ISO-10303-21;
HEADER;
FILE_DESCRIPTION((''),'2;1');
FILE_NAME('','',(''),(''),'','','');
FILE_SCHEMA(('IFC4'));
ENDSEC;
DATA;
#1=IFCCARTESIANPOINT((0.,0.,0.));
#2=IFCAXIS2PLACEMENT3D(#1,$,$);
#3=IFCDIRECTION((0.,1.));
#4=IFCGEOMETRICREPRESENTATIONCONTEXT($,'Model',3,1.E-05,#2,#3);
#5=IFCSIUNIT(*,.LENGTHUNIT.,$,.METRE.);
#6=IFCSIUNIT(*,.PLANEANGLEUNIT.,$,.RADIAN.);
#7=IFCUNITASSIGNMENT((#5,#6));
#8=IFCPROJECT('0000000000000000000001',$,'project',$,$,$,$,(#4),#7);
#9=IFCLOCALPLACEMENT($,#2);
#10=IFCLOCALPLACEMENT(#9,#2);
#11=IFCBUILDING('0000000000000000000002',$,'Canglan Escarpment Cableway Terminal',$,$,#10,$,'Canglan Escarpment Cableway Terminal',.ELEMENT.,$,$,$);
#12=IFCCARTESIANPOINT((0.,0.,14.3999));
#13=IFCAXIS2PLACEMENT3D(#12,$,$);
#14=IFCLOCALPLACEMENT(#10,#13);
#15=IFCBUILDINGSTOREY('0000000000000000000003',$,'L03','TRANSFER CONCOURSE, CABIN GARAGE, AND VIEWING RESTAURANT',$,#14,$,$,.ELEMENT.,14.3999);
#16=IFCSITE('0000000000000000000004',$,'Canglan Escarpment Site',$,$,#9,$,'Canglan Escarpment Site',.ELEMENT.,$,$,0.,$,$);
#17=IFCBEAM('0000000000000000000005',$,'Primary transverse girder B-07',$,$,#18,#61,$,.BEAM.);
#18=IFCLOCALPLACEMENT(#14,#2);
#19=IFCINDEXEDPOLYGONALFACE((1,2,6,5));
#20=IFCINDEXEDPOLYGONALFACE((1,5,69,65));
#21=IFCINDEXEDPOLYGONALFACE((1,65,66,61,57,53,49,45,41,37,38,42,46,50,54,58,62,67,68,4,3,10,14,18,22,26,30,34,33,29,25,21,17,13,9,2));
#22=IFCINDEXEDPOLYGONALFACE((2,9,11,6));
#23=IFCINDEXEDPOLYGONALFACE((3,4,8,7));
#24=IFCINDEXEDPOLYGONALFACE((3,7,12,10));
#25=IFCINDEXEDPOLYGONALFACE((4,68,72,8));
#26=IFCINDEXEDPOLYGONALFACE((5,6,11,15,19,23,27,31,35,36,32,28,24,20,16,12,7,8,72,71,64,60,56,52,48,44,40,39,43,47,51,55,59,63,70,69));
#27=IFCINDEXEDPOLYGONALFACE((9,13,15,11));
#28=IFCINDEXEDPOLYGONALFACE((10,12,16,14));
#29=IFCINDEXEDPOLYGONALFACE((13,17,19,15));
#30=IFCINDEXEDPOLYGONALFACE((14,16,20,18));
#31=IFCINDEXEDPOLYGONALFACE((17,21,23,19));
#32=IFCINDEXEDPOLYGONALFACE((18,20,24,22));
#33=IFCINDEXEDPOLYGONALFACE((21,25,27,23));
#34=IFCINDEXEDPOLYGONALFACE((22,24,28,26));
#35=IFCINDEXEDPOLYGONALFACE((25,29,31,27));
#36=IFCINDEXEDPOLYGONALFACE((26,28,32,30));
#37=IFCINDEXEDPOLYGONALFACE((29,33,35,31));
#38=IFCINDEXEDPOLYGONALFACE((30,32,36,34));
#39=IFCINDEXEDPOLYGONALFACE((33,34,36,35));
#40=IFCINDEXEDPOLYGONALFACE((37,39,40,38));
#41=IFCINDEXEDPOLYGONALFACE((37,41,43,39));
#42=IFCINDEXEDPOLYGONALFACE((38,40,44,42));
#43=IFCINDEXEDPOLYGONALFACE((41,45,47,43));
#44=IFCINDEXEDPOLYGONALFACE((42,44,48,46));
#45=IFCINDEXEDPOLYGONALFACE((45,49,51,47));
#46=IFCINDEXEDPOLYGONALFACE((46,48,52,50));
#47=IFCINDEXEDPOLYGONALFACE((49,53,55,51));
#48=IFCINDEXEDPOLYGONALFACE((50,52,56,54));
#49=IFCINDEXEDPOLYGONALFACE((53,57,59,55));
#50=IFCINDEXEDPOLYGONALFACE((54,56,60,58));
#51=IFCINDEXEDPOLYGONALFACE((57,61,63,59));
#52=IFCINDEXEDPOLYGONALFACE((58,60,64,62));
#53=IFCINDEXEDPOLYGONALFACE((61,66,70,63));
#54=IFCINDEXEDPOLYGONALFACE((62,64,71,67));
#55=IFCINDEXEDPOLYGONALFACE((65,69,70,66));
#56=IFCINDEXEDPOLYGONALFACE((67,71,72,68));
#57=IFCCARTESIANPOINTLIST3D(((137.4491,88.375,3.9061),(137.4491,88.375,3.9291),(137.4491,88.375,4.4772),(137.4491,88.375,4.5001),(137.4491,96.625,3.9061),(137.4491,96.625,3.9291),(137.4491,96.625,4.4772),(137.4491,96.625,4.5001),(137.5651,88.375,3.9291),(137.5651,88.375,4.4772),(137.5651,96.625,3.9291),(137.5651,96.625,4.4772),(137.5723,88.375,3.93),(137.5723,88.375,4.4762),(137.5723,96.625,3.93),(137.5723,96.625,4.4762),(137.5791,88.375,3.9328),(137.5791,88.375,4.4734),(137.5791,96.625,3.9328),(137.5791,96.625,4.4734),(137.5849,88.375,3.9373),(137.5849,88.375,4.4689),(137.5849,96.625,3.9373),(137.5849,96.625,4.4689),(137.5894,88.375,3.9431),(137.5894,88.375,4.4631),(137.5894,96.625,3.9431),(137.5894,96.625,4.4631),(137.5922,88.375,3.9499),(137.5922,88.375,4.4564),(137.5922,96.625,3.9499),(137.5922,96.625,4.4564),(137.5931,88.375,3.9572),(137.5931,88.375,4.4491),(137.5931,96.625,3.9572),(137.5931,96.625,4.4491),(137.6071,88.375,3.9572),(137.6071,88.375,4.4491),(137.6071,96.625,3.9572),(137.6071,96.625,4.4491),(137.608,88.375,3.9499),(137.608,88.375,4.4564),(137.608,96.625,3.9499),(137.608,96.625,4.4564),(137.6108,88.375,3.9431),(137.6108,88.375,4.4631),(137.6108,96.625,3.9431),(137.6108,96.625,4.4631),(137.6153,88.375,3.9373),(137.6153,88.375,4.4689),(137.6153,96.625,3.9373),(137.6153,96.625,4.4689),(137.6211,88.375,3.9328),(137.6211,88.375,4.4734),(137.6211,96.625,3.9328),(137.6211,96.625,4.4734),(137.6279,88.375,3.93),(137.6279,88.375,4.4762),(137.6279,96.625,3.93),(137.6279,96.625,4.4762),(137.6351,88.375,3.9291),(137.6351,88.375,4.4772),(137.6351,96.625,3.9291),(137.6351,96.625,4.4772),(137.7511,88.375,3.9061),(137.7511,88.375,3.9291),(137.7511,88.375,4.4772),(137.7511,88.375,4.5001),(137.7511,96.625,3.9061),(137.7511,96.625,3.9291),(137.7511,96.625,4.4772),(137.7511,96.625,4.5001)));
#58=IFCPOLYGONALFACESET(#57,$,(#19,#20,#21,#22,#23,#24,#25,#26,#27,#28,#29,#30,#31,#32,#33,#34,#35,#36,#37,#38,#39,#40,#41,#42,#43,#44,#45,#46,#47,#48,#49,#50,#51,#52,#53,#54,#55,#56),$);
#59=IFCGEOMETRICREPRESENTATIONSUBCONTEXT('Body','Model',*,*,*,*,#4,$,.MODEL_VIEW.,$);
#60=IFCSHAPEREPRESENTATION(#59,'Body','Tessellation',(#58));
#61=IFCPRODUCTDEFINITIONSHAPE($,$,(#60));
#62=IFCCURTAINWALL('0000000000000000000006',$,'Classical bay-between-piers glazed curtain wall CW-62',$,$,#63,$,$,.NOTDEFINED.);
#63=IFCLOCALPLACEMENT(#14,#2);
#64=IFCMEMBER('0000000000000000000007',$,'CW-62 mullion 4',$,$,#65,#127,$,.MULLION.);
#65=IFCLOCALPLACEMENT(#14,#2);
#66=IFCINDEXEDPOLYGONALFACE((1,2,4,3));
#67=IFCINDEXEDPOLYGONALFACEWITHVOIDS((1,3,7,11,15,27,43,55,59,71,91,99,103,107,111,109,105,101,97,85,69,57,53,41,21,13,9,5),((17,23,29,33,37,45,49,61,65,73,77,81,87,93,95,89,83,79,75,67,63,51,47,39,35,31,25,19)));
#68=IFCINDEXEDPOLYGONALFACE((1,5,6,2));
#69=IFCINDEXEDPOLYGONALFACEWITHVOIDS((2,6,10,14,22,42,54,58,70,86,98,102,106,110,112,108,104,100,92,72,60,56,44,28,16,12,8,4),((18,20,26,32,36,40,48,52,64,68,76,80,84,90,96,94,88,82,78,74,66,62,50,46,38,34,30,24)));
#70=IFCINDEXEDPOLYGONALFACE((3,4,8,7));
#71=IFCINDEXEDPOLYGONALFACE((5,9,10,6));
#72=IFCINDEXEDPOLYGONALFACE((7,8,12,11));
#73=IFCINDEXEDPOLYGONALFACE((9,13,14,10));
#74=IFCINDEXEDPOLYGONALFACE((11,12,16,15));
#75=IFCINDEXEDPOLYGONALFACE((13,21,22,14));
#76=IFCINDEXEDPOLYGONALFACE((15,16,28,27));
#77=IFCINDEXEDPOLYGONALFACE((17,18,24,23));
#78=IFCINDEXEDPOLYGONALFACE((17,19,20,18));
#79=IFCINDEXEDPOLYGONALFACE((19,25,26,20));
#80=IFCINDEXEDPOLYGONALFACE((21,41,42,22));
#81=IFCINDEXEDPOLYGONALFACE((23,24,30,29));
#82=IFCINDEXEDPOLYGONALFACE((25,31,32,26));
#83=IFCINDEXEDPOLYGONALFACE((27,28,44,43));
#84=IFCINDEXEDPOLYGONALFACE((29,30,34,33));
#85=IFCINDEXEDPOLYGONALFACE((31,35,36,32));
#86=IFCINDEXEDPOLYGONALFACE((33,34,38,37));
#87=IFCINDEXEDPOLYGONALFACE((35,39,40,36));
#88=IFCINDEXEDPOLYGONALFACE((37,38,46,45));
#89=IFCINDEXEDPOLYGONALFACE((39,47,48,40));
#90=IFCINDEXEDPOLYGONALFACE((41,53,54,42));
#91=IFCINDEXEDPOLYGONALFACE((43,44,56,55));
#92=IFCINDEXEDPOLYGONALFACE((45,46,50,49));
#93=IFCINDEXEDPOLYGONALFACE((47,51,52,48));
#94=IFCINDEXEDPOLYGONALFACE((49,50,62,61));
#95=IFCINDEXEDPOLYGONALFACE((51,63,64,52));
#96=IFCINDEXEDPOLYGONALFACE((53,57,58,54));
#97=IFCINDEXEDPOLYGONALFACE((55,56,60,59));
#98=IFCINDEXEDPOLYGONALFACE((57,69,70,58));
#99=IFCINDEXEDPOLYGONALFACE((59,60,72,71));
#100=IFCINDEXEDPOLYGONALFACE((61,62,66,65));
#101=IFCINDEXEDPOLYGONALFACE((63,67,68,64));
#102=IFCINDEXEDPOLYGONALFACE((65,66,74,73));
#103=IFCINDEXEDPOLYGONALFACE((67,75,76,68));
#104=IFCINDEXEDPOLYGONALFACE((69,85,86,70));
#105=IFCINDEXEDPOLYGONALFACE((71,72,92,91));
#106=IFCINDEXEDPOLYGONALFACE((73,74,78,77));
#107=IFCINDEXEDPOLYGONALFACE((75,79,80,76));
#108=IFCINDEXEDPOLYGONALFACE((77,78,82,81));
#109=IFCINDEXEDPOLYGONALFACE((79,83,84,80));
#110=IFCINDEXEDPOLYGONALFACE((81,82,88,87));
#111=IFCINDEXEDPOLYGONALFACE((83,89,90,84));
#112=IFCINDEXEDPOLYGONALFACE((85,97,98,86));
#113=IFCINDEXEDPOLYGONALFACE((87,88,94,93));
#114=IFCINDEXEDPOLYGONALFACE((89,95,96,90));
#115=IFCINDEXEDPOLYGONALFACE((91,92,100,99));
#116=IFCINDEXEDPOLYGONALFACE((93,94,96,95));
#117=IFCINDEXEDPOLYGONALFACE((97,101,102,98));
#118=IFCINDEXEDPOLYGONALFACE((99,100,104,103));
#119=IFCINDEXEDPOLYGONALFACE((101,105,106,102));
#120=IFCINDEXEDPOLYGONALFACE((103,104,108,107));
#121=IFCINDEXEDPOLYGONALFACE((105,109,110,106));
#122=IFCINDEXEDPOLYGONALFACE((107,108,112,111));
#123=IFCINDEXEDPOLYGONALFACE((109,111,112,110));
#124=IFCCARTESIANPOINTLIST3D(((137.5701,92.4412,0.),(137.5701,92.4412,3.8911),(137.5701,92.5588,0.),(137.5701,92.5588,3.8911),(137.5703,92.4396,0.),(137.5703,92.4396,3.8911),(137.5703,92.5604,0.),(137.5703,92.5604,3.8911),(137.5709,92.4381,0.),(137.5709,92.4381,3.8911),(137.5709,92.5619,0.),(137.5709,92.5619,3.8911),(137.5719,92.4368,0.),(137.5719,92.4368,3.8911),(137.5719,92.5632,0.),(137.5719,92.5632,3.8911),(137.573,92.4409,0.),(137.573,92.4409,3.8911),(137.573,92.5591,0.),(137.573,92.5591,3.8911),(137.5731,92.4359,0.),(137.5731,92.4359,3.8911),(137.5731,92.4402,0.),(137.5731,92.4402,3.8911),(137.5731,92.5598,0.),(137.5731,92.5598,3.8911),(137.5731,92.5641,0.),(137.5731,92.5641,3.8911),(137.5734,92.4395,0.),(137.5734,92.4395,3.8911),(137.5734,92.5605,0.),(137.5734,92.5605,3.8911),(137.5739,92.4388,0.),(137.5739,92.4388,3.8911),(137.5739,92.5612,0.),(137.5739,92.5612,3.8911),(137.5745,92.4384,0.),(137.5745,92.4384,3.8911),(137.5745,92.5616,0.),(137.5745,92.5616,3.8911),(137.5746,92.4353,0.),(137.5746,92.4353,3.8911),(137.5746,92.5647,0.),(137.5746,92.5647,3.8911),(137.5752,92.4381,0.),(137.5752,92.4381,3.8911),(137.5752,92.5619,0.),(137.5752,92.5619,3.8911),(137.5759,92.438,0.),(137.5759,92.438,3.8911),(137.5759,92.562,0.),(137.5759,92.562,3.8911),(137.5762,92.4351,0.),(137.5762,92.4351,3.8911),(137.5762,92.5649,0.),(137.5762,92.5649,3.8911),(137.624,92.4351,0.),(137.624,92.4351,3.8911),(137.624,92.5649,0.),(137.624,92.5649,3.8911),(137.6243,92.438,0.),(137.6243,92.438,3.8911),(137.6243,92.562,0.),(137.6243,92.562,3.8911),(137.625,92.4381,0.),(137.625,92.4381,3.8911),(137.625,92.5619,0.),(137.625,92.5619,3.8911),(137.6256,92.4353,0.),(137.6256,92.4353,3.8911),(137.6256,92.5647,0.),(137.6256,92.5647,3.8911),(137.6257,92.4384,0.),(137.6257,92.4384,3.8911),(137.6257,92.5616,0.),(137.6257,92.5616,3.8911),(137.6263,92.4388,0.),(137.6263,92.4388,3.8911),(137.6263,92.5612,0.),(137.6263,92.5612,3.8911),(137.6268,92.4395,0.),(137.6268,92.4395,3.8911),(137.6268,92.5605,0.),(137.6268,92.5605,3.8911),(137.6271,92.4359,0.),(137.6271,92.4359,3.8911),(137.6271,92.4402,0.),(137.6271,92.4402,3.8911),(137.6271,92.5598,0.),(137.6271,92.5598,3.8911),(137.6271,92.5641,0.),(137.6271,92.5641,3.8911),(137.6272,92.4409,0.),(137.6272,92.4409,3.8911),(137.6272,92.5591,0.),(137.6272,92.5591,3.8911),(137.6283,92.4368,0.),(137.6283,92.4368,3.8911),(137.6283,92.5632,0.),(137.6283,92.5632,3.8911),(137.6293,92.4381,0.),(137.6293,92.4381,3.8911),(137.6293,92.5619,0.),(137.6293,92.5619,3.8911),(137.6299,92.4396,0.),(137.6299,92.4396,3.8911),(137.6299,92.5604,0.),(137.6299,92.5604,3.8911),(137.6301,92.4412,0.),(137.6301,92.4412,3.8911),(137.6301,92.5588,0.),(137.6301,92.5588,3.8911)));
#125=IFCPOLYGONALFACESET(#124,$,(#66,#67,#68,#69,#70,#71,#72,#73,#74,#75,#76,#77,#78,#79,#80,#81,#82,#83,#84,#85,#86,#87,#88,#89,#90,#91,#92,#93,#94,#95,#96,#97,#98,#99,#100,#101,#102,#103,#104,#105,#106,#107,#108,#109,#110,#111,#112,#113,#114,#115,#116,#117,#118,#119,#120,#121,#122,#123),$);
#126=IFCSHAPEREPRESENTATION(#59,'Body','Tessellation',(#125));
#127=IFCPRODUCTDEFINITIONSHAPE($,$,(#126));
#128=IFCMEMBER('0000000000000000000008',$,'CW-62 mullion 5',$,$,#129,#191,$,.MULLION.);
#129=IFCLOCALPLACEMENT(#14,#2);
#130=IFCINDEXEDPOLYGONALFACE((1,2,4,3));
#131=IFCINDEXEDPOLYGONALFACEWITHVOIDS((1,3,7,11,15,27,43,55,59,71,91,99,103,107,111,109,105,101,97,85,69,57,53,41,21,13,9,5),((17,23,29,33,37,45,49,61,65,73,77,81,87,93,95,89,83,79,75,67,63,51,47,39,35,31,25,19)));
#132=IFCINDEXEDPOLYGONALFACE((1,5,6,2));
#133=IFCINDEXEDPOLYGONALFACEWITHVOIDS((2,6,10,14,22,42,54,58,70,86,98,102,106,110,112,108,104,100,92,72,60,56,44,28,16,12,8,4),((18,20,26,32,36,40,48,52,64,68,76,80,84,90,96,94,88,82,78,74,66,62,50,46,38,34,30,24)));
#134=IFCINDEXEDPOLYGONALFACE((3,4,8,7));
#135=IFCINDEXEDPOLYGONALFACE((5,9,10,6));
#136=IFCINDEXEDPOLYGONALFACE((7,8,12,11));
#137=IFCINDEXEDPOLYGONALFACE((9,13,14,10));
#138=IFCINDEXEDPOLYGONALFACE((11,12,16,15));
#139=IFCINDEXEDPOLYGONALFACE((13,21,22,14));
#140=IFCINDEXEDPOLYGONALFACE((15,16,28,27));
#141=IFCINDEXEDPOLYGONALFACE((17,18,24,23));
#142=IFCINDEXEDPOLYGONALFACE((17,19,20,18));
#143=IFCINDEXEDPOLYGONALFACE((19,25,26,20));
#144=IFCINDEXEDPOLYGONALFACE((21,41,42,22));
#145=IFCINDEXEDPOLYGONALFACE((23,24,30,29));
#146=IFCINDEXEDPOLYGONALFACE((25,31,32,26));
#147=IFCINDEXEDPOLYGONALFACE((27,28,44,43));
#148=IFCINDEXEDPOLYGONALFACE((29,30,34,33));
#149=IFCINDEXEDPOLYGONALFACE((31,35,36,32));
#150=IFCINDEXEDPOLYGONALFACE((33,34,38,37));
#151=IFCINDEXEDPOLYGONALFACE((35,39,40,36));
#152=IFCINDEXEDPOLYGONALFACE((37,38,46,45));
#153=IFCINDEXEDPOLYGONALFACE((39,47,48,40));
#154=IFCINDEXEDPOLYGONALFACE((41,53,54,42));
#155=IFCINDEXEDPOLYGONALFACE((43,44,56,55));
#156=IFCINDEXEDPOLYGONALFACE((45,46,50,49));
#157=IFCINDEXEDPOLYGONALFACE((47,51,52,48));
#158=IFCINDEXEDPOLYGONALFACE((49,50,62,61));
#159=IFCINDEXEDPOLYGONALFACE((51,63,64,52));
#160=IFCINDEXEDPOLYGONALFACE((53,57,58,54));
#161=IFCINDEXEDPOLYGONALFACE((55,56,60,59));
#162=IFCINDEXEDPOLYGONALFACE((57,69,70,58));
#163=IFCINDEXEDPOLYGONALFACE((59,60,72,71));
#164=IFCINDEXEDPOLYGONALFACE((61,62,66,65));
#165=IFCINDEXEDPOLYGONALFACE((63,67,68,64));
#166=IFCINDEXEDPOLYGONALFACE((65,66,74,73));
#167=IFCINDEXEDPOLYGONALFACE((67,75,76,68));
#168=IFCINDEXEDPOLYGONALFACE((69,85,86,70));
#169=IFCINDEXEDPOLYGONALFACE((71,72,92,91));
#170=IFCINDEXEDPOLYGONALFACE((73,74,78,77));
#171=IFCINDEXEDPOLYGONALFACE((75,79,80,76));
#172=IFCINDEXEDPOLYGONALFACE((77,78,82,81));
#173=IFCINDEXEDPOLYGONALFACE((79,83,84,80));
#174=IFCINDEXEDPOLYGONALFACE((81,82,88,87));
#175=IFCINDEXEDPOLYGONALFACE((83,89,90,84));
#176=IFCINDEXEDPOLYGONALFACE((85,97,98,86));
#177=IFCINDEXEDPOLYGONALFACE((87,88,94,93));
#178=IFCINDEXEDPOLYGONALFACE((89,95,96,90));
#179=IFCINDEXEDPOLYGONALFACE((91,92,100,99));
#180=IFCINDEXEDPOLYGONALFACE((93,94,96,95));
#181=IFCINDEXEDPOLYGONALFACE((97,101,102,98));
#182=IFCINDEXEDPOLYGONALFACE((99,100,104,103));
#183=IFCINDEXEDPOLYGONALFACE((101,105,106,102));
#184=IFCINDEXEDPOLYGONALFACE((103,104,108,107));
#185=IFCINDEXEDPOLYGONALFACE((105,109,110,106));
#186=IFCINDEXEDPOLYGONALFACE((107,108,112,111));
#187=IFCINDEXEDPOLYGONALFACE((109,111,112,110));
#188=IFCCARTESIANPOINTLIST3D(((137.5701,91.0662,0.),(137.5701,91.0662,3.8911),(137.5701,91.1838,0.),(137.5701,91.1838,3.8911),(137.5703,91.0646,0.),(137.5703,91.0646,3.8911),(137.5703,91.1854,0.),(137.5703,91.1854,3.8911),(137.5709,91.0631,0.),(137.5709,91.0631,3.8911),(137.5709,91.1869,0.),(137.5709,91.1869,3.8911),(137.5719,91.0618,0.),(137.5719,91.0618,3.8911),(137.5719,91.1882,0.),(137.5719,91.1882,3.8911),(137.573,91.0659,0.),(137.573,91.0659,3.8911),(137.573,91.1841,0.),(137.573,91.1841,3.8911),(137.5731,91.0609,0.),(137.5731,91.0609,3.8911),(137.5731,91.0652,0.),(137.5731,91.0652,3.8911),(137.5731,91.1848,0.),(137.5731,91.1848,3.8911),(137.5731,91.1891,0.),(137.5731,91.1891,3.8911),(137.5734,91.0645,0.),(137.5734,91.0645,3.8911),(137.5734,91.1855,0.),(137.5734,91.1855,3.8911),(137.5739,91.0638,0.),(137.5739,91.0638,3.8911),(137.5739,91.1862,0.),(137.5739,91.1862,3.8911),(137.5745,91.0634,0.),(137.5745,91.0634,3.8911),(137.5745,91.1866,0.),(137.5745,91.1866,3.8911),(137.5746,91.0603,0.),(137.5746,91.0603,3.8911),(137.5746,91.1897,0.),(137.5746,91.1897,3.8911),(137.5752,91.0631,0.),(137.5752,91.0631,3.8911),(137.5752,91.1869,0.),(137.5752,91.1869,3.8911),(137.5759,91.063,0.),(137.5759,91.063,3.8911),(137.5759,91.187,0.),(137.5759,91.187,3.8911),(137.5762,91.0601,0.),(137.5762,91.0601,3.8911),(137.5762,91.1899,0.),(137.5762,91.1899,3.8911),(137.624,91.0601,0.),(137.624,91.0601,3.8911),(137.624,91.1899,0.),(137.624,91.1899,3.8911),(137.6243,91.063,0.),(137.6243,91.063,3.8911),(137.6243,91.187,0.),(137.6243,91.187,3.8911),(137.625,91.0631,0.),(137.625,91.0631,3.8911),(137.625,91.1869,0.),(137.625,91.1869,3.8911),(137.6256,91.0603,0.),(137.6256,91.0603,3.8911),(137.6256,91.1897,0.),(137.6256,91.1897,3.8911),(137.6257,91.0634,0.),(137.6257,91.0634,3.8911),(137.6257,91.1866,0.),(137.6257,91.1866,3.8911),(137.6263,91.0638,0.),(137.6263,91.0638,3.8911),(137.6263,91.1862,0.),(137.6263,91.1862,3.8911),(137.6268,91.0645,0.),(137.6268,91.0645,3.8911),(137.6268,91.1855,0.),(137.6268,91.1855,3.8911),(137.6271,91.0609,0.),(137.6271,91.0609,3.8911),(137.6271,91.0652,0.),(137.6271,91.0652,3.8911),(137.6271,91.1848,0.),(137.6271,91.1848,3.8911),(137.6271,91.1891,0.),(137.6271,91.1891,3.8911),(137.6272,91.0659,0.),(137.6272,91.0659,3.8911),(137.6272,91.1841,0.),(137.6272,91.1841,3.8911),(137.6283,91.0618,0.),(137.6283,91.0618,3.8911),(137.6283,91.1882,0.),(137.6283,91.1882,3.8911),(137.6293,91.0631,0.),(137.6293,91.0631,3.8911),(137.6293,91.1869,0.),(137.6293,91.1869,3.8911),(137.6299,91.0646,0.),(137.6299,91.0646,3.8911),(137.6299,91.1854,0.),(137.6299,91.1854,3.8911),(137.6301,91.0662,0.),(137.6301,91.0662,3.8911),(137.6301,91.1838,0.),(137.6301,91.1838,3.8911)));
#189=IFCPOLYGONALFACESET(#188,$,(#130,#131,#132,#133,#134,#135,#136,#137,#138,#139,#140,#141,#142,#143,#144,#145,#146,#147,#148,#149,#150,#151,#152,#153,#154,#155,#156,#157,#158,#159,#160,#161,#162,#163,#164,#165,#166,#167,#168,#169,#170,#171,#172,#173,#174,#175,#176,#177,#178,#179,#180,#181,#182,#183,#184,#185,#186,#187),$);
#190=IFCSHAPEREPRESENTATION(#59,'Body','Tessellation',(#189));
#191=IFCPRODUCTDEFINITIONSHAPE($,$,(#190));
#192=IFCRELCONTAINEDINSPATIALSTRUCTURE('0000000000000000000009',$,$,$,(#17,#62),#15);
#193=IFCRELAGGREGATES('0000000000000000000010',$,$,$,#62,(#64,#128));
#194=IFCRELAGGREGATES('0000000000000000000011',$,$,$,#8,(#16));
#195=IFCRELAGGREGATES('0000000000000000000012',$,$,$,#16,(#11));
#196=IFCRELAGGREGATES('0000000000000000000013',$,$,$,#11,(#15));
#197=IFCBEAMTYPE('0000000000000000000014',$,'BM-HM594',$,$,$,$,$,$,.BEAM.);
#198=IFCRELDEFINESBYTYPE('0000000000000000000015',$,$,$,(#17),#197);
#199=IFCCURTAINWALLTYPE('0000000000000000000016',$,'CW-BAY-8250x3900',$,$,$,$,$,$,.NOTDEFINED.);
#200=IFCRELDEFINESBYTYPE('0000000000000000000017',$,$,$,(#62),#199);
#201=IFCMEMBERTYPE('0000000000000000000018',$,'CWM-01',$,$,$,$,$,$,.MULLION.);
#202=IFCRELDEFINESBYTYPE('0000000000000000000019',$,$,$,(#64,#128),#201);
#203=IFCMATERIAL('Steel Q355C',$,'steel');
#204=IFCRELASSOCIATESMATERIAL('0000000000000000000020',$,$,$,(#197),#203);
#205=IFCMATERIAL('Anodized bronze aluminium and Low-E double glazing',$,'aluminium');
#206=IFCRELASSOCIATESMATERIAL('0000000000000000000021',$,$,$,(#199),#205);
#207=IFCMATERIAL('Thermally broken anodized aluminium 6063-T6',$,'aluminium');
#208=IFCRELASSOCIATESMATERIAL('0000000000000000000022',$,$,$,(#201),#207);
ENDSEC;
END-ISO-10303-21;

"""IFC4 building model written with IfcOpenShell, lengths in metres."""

from ifc_helpers import new_model, si_unit, direction, frame, origin, origin_2d, place, context, subcontext, project, spatial, hollow_rectangle, i_section, extrude, material, material_profile, profile_set, type_object, element, aggregate, save


model = new_model("IFC4")

# Units and contexts
model_context = context("Model", 3, precision=1e-05, world=origin(), true_north=direction((0.0, 1.0)))
body_context = subcontext(model_context, "Body", "Model", "MODEL_VIEW")
ifc_project = project(units=[si_unit("LENGTHUNIT", "METRE"), si_unit("PLANEANGLEUNIT", "RADIAN")], contexts=[model_context])

# Site, building, storey
site_placement = place(None, origin())
site = spatial("IfcSite", under=ifc_project, at=site_placement, Name="Canglan Escarpment Site", LongName="Canglan Escarpment Site", CompositionType="ELEMENT", RefElevation=0.0)
building_placement = place(site_placement, origin())
building = spatial("IfcBuilding", under=site, at=building_placement, Name="Canglan Escarpment Cableway Terminal", LongName="Canglan Escarpment Cableway Terminal", CompositionType="ELEMENT")
storey_placement = place(building_placement, frame((0.0, 0.0, 14.3999)))
storey = spatial("IfcBuildingStorey", under=building, at=storey_placement, Name="L03", Description="TRANSFER CONCOURSE, CABIN GARAGE, AND VIEWING RESTAURANT", CompositionType="ELEMENT", Elevation=14.3999)

# Beam
ifc_material_1 = material(Name="Steel Q355C", Category="steel")
ifc_material_profile_1 = material_profile(ifc_material_1, i_section(OverallWidth=0.302, OverallDepth=0.594, WebThickness=0.0139, FlangeThickness=0.0229, FilletRadius=0.0281, at=origin_2d()), Name="HM 594x302x14x23")
ifc_profile_set_1 = profile_set([ifc_material_profile_1], Name="Steel Q355C")
beam_type = type_object("IfcBeamType", Name="BM-HM594", PredefinedType="BEAM", material=ifc_profile_set_1)
beam_placement = place(storey_placement, frame((137.6001, 88.375, 4.2031), z_axis=(0.0, 1.0, 0.0), x_axis=(-1.0, 0.0, 0.0)))
element("IfcBeam", 1, at=beam_placement, inside=storey, type_object=beam_type, Name="Primary transverse girder B-07", PredefinedType="BEAM", context=body_context, shape_type="SweptSolid", body=[
    extrude(i_section(OverallWidth=0.302, OverallDepth=0.594, WebThickness=0.0139, FlangeThickness=0.0229, FilletRadius=0.0281, at=origin_2d()), origin(), (0.0, 0.0, 1.0), 8.25),
])

# Curtain wall, members
ifc_material_2 = material(Name="Anodized bronze aluminium and Low-E double glazing", Category="aluminium")
curtain_wall_type = type_object("IfcCurtainWallType", Name="CW-BAY-8250x3900", PredefinedType="NOTDEFINED", material=ifc_material_2)
curtain_wall_placement = place(storey_placement, origin())
curtain_wall = element("IfcCurtainWall", 2, at=curtain_wall_placement, inside=storey, type_object=curtain_wall_type, Name="Classical bay-between-piers glazed curtain wall CW-62", PredefinedType="NOTDEFINED")
ifc_material_3 = material(Name="Thermally broken anodized aluminium 6063-T6", Category="aluminium")
ifc_material_profile_2 = material_profile(ifc_material_3, hollow_rectangle(XDim=0.0601, YDim=0.1299, WallThickness=0.0029, InnerFilletRadius=0.0029, OuterFilletRadius=0.0061, at=origin_2d()), Name="ALU-MULL 60x130x3")
ifc_profile_set_2 = profile_set([ifc_material_profile_2], Name="Thermally broken anodized aluminium 6063-T6")
member_type_1 = type_object("IfcMemberType", Name="CWM-01", PredefinedType="MULLION", material=ifc_profile_set_2)
member_1_placement = place(storey_placement, frame((137.6001, 92.5, 0.0), z_axis=(0.0, 0.0, 1.0), x_axis=(1.0, 0.0, 0.0)))
member_1 = element("IfcMember", 3, at=member_1_placement, type_object=member_type_1, Name="CW-62 mullion 4", PredefinedType="MULLION", context=body_context, shape_type="SweptSolid", body=[
    extrude(hollow_rectangle(XDim=0.0601, YDim=0.1299, WallThickness=0.0029, InnerFilletRadius=0.0029, OuterFilletRadius=0.0061, at=origin_2d()), origin(), (0.0, 0.0, 1.0), 3.8911),
])
member_2_placement = place(storey_placement, frame((137.6001, 91.125, 0.0), z_axis=(0.0, 0.0, 1.0), x_axis=(1.0, 0.0, 0.0)))
member_2 = element("IfcMember", 4, at=member_2_placement, type_object=member_type_1, Name="CW-62 mullion 5", PredefinedType="MULLION", context=body_context, shape_type="SweptSolid", body=[
    extrude(hollow_rectangle(XDim=0.0601, YDim=0.1299, WallThickness=0.0029, InnerFilletRadius=0.0029, OuterFilletRadius=0.0061, at=origin_2d()), origin(), (0.0, 0.0, 1.0), 3.8911),
])
aggregate(curtain_wall, [member_1, member_2])

save(model, "model.ifc")
